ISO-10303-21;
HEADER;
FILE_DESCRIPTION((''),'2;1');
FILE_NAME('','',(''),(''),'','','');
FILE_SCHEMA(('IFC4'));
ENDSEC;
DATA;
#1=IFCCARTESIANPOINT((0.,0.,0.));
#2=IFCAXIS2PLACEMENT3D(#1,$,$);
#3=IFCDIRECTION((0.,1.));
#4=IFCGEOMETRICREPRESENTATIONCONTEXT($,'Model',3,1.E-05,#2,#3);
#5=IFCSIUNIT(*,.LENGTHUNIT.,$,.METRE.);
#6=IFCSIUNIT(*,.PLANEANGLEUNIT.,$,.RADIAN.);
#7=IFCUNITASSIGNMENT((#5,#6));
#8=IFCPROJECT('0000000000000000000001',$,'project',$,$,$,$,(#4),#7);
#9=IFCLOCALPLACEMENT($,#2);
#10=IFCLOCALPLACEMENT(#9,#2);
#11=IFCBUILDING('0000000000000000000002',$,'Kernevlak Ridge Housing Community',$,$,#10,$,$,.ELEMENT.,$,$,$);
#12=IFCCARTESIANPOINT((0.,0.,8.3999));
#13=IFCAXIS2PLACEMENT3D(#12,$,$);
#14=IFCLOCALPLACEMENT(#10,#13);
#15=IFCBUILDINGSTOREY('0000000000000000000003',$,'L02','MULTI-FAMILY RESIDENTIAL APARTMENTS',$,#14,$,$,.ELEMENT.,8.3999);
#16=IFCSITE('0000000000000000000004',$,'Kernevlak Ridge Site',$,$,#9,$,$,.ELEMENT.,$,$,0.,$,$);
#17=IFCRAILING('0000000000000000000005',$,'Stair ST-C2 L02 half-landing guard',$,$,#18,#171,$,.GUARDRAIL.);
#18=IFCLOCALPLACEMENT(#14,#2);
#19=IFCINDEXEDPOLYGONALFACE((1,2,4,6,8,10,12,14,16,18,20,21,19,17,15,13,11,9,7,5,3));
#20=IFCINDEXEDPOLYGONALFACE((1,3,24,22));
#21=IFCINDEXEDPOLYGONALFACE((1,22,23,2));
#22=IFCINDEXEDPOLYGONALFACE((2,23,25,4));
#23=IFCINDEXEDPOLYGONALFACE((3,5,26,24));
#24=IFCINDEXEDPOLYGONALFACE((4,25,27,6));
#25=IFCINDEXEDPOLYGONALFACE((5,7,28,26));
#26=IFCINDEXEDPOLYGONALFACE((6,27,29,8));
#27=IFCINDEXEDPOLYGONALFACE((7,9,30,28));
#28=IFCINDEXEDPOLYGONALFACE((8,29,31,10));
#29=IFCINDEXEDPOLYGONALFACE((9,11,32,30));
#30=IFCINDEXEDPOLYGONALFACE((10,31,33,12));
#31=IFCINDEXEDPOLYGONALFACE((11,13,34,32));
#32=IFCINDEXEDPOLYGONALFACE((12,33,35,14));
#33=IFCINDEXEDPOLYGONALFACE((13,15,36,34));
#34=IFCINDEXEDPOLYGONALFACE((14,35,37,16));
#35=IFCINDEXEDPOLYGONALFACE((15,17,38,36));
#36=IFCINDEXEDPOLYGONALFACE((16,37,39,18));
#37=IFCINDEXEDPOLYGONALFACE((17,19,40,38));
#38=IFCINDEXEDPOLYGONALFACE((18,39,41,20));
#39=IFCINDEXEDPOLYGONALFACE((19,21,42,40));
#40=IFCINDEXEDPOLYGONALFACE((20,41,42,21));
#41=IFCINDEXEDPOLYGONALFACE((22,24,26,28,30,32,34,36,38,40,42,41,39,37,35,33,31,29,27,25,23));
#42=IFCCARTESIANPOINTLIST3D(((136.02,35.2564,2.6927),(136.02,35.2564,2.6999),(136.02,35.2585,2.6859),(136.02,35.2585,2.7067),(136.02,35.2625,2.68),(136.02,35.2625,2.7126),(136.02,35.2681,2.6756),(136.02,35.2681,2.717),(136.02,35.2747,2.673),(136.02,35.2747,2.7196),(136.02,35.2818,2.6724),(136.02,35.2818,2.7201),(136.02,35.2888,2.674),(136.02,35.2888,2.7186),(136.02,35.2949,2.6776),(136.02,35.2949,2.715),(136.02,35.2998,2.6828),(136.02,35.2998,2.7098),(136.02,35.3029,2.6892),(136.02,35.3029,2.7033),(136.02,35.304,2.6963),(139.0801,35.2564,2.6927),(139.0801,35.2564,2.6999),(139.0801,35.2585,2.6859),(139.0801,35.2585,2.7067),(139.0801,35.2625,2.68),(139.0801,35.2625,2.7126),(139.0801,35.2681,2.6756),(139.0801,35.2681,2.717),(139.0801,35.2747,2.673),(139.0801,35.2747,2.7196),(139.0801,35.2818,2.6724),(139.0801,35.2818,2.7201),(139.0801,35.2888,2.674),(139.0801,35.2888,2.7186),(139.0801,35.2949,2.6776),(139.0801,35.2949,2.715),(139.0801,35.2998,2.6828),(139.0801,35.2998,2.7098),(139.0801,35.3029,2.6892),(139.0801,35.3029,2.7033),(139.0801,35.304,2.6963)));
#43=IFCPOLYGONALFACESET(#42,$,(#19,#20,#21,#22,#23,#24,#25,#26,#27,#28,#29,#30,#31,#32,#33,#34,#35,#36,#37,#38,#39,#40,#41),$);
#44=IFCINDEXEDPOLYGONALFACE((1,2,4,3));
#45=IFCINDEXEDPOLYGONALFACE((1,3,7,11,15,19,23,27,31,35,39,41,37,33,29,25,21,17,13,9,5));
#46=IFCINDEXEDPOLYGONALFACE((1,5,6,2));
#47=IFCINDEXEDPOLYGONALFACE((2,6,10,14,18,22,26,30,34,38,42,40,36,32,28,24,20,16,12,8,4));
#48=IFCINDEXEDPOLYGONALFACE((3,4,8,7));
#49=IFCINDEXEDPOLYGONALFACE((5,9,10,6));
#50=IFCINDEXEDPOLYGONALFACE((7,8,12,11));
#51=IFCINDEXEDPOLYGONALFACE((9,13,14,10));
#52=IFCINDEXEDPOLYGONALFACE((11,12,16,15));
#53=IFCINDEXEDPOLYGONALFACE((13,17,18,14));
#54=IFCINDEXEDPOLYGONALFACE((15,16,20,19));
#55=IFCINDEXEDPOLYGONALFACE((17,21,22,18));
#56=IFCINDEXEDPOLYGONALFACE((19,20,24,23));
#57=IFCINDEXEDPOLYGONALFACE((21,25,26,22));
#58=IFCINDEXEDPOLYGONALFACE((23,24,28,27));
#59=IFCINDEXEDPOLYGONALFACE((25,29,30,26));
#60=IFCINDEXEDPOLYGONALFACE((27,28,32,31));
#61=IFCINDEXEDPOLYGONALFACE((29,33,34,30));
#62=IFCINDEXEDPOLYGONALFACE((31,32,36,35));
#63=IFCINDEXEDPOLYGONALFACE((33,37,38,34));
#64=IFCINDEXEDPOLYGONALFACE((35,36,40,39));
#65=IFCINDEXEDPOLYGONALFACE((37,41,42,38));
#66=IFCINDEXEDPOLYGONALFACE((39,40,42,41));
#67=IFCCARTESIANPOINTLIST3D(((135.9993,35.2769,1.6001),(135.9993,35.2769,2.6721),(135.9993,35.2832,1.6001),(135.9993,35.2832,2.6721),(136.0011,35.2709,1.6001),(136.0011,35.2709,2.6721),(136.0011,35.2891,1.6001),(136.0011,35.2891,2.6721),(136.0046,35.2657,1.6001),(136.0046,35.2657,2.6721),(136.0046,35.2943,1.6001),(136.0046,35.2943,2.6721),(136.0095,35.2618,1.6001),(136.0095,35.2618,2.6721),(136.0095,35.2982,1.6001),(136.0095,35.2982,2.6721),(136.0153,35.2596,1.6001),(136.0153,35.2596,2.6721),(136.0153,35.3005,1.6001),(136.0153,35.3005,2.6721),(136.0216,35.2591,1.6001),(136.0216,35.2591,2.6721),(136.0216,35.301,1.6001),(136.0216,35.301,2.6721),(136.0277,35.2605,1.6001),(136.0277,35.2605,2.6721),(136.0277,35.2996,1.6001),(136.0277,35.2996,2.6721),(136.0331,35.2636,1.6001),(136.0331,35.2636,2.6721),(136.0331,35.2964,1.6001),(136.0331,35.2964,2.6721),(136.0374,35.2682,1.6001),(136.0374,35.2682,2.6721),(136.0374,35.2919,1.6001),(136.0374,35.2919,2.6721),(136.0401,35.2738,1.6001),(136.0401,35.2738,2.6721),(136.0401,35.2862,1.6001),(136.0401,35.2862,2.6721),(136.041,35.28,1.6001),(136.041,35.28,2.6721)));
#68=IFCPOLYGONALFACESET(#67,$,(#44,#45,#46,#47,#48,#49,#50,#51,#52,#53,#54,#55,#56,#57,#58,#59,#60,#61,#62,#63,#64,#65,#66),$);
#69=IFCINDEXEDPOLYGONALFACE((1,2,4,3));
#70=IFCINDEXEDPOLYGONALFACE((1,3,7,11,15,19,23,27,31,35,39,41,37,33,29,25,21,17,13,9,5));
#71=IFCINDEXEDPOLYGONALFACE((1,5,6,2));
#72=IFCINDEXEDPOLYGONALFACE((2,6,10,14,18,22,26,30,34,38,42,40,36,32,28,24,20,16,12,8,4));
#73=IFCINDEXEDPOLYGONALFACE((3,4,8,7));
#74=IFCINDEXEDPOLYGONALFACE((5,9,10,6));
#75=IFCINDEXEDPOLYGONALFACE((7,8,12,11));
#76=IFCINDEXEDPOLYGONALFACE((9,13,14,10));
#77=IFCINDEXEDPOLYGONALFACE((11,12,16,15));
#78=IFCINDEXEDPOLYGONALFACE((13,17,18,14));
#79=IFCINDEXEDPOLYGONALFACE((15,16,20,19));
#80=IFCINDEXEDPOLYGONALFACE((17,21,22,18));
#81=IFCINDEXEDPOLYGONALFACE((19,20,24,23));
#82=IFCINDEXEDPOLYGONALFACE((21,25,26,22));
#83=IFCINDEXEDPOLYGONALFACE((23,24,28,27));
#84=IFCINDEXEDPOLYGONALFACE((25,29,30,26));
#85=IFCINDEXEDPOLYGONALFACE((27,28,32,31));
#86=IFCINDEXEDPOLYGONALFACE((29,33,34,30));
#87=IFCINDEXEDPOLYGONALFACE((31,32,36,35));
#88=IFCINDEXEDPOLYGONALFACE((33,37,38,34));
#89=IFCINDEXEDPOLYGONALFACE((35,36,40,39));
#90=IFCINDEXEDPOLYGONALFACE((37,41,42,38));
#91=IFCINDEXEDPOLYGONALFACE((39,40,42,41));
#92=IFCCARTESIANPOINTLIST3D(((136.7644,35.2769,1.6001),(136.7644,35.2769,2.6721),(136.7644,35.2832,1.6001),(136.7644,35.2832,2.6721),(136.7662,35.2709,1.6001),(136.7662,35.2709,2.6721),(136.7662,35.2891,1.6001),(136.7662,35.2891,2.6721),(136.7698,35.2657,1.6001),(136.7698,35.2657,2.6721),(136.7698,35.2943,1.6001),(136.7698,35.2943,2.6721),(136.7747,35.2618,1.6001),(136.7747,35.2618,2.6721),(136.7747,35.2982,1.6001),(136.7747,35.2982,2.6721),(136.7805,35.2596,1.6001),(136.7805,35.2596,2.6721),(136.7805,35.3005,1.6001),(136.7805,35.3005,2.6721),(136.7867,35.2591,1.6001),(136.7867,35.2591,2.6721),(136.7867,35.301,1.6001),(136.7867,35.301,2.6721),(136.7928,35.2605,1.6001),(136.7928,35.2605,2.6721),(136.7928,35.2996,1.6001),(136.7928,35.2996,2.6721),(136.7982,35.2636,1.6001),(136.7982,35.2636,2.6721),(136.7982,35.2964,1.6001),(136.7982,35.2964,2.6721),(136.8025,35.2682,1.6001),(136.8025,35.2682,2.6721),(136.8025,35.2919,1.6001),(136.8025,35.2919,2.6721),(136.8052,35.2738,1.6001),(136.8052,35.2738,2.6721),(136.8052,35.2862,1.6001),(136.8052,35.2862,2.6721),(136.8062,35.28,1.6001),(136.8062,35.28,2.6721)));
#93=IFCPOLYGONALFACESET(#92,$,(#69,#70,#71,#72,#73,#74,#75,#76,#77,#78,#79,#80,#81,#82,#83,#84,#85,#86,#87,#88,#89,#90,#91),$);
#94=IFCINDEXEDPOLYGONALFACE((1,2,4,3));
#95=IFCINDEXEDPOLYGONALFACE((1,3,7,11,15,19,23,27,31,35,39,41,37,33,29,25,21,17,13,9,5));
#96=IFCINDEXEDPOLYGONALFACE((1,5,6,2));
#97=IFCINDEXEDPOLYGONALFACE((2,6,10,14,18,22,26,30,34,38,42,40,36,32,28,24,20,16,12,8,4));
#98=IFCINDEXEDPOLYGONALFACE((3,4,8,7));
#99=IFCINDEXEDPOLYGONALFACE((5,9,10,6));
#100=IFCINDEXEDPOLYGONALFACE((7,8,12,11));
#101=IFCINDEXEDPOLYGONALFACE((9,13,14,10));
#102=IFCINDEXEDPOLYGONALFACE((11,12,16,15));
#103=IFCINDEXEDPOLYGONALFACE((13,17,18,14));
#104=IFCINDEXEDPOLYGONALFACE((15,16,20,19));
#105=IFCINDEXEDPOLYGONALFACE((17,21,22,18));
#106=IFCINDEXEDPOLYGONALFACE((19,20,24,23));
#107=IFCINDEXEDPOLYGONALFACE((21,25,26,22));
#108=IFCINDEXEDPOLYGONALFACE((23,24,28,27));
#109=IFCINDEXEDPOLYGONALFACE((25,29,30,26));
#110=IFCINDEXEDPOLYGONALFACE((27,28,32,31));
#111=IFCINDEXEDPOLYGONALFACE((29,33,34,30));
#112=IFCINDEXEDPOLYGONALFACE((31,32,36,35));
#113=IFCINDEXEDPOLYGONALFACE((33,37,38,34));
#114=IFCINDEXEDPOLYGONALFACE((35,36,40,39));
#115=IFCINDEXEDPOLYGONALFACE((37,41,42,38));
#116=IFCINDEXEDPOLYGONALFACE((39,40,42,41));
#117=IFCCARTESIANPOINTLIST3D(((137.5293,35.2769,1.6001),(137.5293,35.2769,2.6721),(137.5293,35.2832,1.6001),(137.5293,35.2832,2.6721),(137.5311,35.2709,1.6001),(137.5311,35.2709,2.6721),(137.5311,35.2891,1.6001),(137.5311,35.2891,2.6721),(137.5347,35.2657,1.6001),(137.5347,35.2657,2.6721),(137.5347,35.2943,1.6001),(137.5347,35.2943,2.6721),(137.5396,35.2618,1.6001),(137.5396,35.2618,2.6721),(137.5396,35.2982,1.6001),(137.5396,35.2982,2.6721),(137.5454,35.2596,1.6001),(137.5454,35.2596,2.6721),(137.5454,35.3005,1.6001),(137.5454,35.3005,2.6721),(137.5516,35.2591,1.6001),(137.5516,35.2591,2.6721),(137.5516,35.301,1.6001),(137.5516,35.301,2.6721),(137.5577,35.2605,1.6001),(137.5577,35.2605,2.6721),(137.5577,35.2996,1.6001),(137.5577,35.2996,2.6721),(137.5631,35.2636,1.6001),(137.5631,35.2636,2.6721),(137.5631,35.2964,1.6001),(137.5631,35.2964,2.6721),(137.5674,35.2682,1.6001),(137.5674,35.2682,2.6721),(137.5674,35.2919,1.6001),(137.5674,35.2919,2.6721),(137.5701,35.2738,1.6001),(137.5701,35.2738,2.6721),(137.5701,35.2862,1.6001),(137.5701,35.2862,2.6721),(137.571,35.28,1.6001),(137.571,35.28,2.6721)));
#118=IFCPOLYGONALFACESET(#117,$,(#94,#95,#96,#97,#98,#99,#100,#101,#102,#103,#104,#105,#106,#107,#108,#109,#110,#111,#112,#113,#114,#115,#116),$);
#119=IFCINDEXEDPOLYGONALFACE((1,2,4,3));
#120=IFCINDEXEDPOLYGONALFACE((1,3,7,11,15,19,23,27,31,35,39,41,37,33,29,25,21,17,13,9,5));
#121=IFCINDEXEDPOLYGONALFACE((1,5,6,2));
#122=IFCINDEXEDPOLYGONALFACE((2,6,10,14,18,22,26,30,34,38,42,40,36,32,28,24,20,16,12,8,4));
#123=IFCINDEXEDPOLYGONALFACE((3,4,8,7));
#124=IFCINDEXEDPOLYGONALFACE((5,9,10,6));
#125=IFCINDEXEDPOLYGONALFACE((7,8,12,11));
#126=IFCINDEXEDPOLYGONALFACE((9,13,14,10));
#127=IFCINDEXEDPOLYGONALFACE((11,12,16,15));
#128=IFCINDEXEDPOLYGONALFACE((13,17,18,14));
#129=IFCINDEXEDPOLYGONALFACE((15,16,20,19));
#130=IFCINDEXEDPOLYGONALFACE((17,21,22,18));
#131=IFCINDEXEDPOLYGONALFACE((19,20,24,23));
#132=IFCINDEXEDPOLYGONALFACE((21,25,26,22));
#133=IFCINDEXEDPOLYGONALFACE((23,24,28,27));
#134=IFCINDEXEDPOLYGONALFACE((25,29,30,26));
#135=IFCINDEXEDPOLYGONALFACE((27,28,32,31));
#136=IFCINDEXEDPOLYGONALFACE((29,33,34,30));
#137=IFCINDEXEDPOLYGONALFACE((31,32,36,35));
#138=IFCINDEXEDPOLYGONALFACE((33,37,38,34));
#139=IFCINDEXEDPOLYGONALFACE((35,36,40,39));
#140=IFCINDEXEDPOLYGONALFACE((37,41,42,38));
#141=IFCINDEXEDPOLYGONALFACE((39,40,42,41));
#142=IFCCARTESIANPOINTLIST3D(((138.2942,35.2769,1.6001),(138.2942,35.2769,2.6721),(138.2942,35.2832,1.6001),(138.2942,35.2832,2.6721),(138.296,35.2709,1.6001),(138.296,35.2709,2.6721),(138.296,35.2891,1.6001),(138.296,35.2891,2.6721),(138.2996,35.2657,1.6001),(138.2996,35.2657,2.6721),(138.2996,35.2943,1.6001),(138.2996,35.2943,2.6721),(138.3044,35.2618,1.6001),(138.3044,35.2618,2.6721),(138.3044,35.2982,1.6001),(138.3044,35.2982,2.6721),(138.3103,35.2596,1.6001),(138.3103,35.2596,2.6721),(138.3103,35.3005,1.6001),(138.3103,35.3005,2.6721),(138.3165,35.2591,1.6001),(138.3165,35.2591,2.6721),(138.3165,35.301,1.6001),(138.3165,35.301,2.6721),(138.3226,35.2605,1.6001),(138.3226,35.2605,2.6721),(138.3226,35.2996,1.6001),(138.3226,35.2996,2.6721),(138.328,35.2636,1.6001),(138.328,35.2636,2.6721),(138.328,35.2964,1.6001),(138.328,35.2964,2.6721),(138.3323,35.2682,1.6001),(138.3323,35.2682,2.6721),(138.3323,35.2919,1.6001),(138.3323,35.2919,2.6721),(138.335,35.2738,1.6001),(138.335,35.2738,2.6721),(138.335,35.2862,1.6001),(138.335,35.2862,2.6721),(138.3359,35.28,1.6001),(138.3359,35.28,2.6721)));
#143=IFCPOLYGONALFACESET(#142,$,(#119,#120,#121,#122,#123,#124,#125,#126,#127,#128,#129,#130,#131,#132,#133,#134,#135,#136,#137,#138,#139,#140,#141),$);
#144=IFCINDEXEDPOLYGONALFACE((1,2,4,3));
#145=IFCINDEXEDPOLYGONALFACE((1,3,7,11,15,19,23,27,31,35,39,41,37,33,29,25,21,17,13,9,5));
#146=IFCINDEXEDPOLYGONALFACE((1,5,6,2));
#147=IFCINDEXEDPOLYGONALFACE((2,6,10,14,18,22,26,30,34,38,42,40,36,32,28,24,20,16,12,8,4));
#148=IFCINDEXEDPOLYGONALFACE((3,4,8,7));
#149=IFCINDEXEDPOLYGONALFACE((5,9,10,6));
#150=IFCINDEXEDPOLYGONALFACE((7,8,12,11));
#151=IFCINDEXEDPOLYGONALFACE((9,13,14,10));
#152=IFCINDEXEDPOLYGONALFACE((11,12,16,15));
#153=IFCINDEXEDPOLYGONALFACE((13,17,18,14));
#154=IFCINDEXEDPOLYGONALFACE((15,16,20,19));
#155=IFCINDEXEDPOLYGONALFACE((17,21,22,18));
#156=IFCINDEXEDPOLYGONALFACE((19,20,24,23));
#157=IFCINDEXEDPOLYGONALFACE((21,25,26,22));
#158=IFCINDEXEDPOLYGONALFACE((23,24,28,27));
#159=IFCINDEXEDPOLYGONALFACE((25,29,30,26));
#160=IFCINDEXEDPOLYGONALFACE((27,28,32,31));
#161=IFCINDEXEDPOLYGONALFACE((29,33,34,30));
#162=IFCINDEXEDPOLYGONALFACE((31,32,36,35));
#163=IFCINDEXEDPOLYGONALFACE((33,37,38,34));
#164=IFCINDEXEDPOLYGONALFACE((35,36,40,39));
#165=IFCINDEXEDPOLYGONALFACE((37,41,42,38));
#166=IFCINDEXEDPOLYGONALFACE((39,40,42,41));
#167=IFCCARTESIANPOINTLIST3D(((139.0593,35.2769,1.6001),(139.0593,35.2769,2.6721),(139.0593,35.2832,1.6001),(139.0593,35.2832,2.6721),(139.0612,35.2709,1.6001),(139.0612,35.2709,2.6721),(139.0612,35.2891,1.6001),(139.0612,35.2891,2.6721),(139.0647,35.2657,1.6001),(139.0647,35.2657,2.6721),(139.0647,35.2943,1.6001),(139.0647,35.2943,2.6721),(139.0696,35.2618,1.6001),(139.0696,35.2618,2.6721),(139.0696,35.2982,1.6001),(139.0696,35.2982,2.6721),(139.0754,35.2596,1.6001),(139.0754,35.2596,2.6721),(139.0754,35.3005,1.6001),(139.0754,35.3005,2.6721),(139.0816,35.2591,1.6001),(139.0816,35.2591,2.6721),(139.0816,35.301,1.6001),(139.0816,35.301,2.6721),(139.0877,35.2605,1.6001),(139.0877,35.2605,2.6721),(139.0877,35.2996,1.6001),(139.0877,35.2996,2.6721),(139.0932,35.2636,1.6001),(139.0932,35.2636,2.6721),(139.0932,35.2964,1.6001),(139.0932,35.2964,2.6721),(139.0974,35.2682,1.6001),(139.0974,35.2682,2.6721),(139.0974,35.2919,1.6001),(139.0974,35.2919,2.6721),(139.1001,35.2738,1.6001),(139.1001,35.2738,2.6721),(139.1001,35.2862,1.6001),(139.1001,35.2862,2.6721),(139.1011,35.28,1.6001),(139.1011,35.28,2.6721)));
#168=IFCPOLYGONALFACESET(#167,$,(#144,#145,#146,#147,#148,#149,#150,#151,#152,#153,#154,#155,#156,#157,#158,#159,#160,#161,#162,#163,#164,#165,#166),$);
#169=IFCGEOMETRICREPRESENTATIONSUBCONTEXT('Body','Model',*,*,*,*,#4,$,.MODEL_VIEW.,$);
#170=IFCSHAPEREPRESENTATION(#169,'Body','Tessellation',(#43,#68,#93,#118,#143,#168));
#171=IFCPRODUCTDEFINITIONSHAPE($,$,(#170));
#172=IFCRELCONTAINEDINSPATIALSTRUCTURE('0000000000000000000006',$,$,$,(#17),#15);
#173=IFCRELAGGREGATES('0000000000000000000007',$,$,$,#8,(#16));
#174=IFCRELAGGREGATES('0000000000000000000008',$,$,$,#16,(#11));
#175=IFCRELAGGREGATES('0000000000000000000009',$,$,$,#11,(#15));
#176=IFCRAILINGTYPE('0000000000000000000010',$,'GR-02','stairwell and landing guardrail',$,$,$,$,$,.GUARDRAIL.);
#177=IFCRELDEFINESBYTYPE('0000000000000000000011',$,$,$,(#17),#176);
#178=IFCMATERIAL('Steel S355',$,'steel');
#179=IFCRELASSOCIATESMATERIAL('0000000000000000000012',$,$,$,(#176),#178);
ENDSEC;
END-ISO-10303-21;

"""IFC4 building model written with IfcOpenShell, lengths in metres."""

from ifc_helpers import new_model, si_unit, direction, frame, origin, origin_2d, place, context, subcontext, project, spatial, circle, extrude, material, type_object, element, save


model = new_model("IFC4")

# Units and contexts
model_context = context("Model", 3, precision=1e-05, world=origin(), true_north=direction((0.0, 1.0)))
body_context = subcontext(model_context, "Body", "Model", "MODEL_VIEW")
ifc_project = project(units=[si_unit("LENGTHUNIT", "METRE"), si_unit("PLANEANGLEUNIT", "RADIAN")], contexts=[model_context])

# Site, building, storey
site_placement = place(None, origin())
site = spatial("IfcSite", under=ifc_project, at=site_placement, Name="Kernevlak Ridge Site", CompositionType="ELEMENT", RefElevation=0.0)
building_placement = place(site_placement, origin())
building = spatial("IfcBuilding", under=site, at=building_placement, Name="Kernevlak Ridge Housing Community", CompositionType="ELEMENT")
storey_placement = place(building_placement, frame((0.0, 0.0, 8.3999)))
storey = spatial("IfcBuildingStorey", under=building, at=storey_placement, Name="L02", Description="MULTI-FAMILY RESIDENTIAL APARTMENTS", CompositionType="ELEMENT", Elevation=8.3999)

# Railing
ifc_material_1 = material(Name="Steel S355", Category="steel")
railing_type_1 = type_object("IfcRailingType", Name="GR-02", Description="stairwell and landing guardrail", PredefinedType="GUARDRAIL", material=ifc_material_1)
railing_1_placement = place(storey_placement, frame((136.02, 35.28, 1.6001)))
element("IfcRailing", 1, at=railing_1_placement, inside=storey, type_object=railing_type_1, Name="Stair ST-C2 L02 half-landing guard", PredefinedType="GUARDRAIL", context=body_context, shape_type="SweptSolid", body=[
    extrude(circle(Radius=0.0239, at=origin_2d()), frame((0.0, 0.0, 1.0962), z_axis=(1.0, 0.0, 0.0), x_axis=(0.0, 1.0, 0.0)), (0.0, 0.0, 1.0), 3.0601),
    extrude(circle(Radius=0.021, at=origin_2d()), origin(), (0.0, 0.0, 1.0), 1.072),
    extrude(circle(Radius=0.021, at=origin_2d()), frame((0.7651, 0.0, 0.0)), (0.0, 0.0, 1.0), 1.072),
    extrude(circle(Radius=0.021, at=origin_2d()), frame((1.53, 0.0, 0.0)), (0.0, 0.0, 1.0), 1.072),
    extrude(circle(Radius=0.021, at=origin_2d()), frame((2.2949, 0.0, 0.0)), (0.0, 0.0, 1.0), 1.072),
    extrude(circle(Radius=0.021, at=origin_2d()), frame((3.0601, 0.0, 0.0)), (0.0, 0.0, 1.0), 1.072),
])

save(model, "model.ifc")
